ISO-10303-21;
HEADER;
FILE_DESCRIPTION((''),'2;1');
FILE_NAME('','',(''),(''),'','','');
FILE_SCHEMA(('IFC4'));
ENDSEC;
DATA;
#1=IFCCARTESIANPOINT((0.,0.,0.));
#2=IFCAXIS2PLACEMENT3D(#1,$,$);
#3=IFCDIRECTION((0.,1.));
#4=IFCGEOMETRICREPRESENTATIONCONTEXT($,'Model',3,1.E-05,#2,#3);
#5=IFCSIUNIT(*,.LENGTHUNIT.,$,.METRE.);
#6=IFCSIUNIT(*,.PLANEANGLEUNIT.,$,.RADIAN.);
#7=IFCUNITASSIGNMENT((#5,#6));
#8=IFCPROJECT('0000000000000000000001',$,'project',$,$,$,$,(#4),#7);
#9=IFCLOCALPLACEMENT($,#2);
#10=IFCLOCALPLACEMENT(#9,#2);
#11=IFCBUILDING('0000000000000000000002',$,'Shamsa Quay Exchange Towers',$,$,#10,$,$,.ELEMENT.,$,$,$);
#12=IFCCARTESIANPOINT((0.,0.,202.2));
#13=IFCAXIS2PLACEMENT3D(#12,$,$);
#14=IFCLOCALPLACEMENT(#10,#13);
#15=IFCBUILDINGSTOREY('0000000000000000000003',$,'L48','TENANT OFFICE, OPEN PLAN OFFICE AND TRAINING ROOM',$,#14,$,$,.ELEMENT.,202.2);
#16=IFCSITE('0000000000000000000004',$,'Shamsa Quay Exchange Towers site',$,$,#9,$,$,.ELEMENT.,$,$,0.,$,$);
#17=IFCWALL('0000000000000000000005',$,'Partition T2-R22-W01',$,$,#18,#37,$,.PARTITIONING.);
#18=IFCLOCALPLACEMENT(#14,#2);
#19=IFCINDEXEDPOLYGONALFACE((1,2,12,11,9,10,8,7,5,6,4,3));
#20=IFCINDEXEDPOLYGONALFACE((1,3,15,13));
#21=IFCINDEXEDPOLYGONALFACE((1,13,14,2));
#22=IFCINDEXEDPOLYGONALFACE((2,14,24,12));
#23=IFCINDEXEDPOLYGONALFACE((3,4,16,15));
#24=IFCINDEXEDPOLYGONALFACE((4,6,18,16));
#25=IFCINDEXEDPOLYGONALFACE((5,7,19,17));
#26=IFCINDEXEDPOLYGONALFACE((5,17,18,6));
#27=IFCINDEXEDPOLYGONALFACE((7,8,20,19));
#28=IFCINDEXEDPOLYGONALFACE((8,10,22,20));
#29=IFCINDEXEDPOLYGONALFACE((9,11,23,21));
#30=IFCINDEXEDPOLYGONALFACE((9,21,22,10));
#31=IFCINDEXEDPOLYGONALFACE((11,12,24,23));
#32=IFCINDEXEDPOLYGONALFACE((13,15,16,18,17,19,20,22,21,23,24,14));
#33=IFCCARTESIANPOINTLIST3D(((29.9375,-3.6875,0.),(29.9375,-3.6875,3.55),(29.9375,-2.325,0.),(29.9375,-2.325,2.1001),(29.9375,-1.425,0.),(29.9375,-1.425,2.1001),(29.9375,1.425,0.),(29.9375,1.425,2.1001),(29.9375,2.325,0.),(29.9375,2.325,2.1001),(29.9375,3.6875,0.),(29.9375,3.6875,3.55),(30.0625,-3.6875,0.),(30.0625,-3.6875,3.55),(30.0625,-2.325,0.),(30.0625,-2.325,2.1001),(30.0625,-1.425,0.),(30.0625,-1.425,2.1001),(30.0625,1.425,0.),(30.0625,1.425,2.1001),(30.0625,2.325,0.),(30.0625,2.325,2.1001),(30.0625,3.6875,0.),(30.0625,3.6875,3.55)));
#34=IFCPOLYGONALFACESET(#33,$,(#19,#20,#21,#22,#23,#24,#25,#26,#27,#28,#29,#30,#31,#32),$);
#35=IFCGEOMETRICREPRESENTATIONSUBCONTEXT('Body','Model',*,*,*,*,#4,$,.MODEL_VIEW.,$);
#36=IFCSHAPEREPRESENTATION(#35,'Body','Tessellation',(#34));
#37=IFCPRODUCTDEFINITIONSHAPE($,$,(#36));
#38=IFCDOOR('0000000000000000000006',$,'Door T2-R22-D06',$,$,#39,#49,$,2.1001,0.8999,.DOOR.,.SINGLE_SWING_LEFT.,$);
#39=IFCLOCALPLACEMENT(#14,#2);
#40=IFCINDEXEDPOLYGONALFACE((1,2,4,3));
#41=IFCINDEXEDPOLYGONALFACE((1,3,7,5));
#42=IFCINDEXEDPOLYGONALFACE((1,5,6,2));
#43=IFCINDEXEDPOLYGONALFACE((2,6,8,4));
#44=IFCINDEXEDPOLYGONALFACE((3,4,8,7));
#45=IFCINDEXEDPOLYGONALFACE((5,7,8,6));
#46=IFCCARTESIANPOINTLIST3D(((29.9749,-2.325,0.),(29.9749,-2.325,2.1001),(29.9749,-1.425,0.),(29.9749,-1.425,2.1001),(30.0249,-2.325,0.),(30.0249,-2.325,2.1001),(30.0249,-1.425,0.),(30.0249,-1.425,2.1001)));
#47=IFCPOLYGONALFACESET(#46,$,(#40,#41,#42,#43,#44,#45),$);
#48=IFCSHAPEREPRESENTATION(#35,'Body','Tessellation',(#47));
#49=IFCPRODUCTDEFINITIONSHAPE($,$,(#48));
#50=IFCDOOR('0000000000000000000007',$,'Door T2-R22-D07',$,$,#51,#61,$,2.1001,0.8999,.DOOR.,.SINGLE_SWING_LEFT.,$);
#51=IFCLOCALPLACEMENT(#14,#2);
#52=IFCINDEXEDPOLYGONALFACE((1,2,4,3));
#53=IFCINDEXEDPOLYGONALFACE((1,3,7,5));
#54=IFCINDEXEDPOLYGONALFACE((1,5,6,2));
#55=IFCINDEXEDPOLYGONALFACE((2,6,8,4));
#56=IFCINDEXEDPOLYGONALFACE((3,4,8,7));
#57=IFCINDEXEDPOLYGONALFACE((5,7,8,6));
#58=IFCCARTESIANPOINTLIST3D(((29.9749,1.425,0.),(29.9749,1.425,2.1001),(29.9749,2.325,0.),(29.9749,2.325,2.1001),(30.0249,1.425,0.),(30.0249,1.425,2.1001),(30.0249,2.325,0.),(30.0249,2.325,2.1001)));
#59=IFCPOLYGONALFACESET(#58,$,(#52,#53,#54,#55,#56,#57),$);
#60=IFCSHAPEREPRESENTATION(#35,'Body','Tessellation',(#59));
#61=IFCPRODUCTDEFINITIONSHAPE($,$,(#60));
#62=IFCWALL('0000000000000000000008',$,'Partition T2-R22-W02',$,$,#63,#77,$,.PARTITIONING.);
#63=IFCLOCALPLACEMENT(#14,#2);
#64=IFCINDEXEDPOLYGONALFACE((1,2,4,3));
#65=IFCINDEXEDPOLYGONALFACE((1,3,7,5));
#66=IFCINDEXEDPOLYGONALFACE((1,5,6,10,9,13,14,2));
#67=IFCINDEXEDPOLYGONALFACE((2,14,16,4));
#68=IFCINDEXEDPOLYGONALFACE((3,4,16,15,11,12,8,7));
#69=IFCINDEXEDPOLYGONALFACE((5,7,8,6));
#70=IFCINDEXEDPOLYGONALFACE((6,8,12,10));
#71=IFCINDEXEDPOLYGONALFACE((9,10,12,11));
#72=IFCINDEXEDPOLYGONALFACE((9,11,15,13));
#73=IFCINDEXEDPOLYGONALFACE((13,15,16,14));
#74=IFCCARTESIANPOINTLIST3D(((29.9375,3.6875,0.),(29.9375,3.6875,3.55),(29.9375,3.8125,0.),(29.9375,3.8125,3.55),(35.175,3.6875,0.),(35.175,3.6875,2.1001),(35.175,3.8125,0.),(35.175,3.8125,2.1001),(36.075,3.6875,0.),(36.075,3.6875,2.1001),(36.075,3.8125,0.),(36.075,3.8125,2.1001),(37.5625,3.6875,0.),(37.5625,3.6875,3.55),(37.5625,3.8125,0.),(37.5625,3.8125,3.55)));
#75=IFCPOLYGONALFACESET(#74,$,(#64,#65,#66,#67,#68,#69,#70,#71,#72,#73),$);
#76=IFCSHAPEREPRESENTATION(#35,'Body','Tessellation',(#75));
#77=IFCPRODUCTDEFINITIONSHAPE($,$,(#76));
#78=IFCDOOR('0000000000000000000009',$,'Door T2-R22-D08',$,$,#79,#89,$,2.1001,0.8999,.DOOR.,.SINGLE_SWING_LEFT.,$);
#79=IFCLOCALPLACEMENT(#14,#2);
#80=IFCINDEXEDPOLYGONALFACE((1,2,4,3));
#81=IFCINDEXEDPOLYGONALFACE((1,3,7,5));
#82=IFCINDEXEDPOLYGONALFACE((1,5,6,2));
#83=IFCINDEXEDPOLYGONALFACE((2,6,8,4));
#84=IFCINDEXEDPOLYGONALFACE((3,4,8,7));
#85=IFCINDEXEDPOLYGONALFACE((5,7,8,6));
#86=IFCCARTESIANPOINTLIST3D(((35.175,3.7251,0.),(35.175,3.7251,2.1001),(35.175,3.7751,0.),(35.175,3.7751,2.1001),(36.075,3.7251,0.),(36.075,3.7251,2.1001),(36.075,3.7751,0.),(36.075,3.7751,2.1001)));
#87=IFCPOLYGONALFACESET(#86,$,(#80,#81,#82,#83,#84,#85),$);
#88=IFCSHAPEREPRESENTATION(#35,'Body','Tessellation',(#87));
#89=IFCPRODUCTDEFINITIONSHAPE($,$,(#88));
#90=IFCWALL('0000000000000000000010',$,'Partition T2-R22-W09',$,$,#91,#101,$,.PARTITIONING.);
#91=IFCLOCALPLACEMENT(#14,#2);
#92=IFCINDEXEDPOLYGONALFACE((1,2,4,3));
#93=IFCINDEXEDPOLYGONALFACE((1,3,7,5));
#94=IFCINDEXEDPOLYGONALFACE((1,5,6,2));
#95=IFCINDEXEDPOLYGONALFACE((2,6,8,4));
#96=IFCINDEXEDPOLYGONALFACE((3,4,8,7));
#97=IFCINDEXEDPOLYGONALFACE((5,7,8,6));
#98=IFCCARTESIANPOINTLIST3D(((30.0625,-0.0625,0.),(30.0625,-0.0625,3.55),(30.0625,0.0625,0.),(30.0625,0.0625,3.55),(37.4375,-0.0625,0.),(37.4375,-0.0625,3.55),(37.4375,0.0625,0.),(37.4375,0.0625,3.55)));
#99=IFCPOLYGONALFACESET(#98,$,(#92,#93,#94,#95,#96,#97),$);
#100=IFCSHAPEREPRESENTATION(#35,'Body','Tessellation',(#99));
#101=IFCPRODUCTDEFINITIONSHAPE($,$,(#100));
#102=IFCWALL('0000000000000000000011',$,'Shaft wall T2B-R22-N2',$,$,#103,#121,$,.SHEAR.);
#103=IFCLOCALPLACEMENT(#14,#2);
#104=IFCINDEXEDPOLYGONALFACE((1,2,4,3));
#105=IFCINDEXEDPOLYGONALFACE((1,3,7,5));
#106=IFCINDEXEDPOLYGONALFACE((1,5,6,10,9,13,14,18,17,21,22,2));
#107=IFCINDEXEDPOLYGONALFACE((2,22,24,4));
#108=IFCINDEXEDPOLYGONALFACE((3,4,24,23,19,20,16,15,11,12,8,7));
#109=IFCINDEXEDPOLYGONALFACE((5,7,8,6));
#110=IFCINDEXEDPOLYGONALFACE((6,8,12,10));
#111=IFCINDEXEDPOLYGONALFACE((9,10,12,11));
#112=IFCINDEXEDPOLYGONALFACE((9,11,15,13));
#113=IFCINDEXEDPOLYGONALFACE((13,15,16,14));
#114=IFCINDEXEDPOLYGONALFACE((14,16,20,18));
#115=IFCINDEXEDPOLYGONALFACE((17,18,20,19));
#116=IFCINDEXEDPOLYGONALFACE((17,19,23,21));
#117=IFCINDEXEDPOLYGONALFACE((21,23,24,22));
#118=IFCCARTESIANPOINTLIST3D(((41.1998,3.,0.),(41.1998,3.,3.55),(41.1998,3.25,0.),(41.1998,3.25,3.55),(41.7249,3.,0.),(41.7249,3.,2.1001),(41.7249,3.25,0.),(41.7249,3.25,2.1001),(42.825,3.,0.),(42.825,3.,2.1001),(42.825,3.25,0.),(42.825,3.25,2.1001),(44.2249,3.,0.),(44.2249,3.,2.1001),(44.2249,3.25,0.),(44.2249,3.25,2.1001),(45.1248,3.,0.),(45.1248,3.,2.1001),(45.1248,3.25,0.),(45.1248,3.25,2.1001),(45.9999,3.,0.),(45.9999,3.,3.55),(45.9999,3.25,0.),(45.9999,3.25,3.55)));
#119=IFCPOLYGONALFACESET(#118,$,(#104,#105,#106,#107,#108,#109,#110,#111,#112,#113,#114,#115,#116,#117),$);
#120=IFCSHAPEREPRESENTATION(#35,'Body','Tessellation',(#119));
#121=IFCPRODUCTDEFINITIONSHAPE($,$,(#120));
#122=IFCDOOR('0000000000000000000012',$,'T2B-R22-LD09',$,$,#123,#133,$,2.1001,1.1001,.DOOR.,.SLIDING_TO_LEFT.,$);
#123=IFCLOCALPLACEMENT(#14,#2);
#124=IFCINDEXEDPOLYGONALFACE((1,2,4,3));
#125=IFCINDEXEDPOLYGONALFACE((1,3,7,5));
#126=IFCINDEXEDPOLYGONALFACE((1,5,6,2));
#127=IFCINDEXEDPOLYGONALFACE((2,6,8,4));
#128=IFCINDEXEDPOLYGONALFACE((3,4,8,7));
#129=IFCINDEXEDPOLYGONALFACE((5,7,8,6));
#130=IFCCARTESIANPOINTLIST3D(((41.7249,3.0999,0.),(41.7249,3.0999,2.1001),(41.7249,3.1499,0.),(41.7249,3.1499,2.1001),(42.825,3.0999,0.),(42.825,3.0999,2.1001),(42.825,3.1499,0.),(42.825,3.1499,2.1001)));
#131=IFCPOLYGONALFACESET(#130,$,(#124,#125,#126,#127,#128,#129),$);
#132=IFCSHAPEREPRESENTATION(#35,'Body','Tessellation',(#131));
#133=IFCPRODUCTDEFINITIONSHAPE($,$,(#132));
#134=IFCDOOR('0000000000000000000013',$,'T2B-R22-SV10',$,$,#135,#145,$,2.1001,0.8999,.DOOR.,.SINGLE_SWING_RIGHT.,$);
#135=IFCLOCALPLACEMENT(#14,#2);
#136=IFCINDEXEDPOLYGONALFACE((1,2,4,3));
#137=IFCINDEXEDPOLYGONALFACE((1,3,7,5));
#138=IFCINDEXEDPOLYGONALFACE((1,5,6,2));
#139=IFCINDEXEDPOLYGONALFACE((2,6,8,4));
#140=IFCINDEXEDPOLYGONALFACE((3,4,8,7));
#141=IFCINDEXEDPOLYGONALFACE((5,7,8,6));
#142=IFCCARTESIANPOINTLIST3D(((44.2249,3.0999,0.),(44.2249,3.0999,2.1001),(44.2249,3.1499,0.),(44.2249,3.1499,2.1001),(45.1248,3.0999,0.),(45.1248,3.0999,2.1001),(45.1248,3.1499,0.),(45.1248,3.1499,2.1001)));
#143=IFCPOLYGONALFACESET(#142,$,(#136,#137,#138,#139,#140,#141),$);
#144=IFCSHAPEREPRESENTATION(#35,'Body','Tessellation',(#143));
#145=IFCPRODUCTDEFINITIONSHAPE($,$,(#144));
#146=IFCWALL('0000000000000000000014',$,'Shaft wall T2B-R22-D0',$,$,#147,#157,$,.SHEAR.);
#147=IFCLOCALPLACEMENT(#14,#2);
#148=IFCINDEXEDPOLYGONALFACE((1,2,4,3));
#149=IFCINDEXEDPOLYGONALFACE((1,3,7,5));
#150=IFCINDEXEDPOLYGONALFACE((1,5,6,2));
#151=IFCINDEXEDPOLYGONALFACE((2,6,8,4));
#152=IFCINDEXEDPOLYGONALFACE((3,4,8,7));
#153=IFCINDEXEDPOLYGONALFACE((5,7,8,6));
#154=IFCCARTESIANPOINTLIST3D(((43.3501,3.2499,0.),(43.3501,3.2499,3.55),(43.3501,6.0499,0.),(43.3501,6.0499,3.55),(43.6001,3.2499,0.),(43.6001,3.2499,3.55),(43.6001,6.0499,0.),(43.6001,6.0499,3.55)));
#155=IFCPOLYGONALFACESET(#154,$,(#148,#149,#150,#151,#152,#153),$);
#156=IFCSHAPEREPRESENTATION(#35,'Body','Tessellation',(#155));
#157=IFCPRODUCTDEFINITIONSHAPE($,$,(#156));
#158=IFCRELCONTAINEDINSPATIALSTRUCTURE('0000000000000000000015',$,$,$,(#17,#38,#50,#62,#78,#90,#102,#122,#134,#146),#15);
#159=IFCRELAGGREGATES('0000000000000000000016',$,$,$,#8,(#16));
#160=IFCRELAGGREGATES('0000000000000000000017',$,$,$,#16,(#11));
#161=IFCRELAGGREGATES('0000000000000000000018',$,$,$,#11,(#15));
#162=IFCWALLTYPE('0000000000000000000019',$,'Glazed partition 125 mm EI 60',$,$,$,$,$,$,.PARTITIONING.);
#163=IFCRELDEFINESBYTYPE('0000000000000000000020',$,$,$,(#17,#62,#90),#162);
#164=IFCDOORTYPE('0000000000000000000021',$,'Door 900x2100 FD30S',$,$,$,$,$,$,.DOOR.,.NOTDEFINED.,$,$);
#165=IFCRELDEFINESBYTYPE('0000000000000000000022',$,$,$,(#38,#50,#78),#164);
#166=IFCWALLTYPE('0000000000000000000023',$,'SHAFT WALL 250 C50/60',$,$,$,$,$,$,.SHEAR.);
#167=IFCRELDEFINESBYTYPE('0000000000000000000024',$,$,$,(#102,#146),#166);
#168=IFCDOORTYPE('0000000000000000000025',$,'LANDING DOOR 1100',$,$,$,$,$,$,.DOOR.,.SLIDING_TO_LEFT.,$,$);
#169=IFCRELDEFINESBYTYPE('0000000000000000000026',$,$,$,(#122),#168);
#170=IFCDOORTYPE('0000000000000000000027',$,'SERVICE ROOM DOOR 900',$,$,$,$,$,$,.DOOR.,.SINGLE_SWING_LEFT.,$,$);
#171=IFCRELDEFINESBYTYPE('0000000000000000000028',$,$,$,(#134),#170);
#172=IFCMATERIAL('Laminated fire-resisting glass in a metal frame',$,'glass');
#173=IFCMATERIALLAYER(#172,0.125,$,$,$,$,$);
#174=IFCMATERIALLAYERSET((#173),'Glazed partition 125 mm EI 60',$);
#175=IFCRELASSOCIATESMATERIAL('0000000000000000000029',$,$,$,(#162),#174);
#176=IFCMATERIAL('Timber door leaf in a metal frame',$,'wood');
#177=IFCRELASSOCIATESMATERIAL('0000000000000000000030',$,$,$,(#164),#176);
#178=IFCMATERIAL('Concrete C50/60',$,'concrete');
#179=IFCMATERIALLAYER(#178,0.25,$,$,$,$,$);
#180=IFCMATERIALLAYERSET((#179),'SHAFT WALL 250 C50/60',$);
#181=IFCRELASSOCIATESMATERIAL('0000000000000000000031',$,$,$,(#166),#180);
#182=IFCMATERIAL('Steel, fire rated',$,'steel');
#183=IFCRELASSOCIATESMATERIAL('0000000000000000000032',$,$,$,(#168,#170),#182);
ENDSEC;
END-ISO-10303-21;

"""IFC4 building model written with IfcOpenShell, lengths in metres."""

from ifc_helpers import new_model, si_unit, direction, frame, frame_2d, origin, place, context, subcontext, project, spatial, rectangle, extrude, material, layer, layer_set, type_object, element, fill, save


model = new_model("IFC4")

# Units and contexts
model_context = context("Model", 3, precision=1e-05, world=origin(), true_north=direction((0.0, 1.0)))
body_context = subcontext(model_context, "Body", "Model", "MODEL_VIEW")
ifc_project = project(units=[si_unit("LENGTHUNIT", "METRE"), si_unit("PLANEANGLEUNIT", "RADIAN")], contexts=[model_context])

# Site, building, storey
site_placement = place(None, origin())
site = spatial("IfcSite", under=ifc_project, at=site_placement, Name="Shamsa Quay Exchange Towers site", CompositionType="ELEMENT", RefElevation=0.0)
building_placement = place(site_placement, origin())
building = spatial("IfcBuilding", under=site, at=building_placement, Name="Shamsa Quay Exchange Towers", CompositionType="ELEMENT")
storey_placement = place(building_placement, frame((0.0, 0.0, 202.2)))
storey = spatial("IfcBuildingStorey", under=building, at=storey_placement, Name="L48", Description="TENANT OFFICE, OPEN PLAN OFFICE AND TRAINING ROOM", CompositionType="ELEMENT", Elevation=202.2)

# Wall, openings, doors
ifc_material_1 = material(Name="Laminated fire-resisting glass in a metal frame", Category="glass")
ifc_layer_1 = layer(ifc_material_1, 0.125)
ifc_layer_set_1 = layer_set([ifc_layer_1], Name="Glazed partition 125 mm EI 60")
wall_type_1 = type_object("IfcWallType", Name="Glazed partition 125 mm EI 60", PredefinedType="PARTITIONING", material=ifc_layer_set_1)
wall_1_placement = place(storey_placement, frame((30.0, 3.6875, 0.0), z_axis=(0.0, 0.0, 1.0), x_axis=(0.0, -1.0, 0.0)))
wall_1 = element("IfcWall", 1, at=wall_1_placement, inside=storey, type_object=wall_type_1, Name="Partition T2-R22-W01", PredefinedType="PARTITIONING", context=body_context, shape_type="SweptSolid", body=[
    extrude(rectangle(XDim=7.375, YDim=0.125, at=frame_2d((3.6875, 0.0))), origin(), (0.0, 0.0, 1.0), 3.55),
])
opening_1_placement = place(wall_1_placement, frame((5.1125, 0.0, 0.0)))
opening_1 = element("IfcOpeningElement", 2, at=opening_1_placement, cuts=wall_1, PredefinedType="OPENING", context=body_context, shape_type="SweptSolid", body=[
    extrude(rectangle(XDim=0.8999, YDim=2.1001, at=frame_2d((0.45, 1.05))), frame((0.0, 0.0725, 0.0), z_axis=(0.0, -1.0, 0.0), x_axis=(1.0, 0.0, 0.0)), (0.0, 0.0, 1.0), 0.145),
])
opening_2_placement = place(wall_1_placement, frame((1.3625, 0.0, 0.0)))
opening_2 = element("IfcOpeningElement", 3, at=opening_2_placement, cuts=wall_1, PredefinedType="OPENING", context=body_context, shape_type="SweptSolid", body=[
    extrude(rectangle(XDim=0.8999, YDim=2.1001, at=frame_2d((0.45, 1.05))), frame((0.0, 0.0725, 0.0), z_axis=(0.0, -1.0, 0.0), x_axis=(1.0, 0.0, 0.0)), (0.0, 0.0, 1.0), 0.145),
])
ifc_material_2 = material(Name="Timber door leaf in a metal frame", Category="wood")
door_type_1 = type_object("IfcDoorType", Name="Door 900x2100 FD30S", OperationType="NOTDEFINED", PredefinedType="DOOR", material=ifc_material_2)
door_1_placement = place(opening_1_placement, origin())
door_1 = element("IfcDoor", 4, at=door_1_placement, inside=storey, type_object=door_type_1, Name="Door T2-R22-D06", OperationType="SINGLE_SWING_LEFT", OverallHeight=2.1001, OverallWidth=0.8999, PredefinedType="DOOR", context=body_context, shape_type="SweptSolid", body=[
    extrude(rectangle(XDim=0.8999, YDim=2.1001, at=frame_2d((0.45, 1.05))), frame((0.0, 0.0249, 0.0), z_axis=(0.0, -1.0, 0.0), x_axis=(1.0, 0.0, 0.0)), (0.0, 0.0, 1.0), 0.05),
])
fill(opening_1, door_1)
door_2_placement = place(opening_2_placement, origin())
door_2 = element("IfcDoor", 5, at=door_2_placement, inside=storey, type_object=door_type_1, Name="Door T2-R22-D07", OperationType="SINGLE_SWING_LEFT", OverallHeight=2.1001, OverallWidth=0.8999, PredefinedType="DOOR", context=body_context, shape_type="SweptSolid", body=[
    extrude(rectangle(XDim=0.8999, YDim=2.1001, at=frame_2d((0.45, 1.05))), frame((0.0, 0.0249, 0.0), z_axis=(0.0, -1.0, 0.0), x_axis=(1.0, 0.0, 0.0)), (0.0, 0.0, 1.0), 0.05),
])
fill(opening_2, door_2)

# Wall, opening, door
wall_2_placement = place(storey_placement, frame((37.5625, 3.75, 0.0), z_axis=(0.0, 0.0, 1.0), x_axis=(-1.0, 0.0, 0.0)))
wall_2 = element("IfcWall", 6, at=wall_2_placement, inside=storey, type_object=wall_type_1, Name="Partition T2-R22-W02", PredefinedType="PARTITIONING", context=body_context, shape_type="SweptSolid", body=[
    extrude(rectangle(XDim=7.625, YDim=0.125, at=frame_2d((3.8125, 0.0))), origin(), (0.0, 0.0, 1.0), 3.55),
])
opening_3_placement = place(wall_2_placement, frame((1.4875, 0.0, 0.0)))
opening_3 = element("IfcOpeningElement", 7, at=opening_3_placement, cuts=wall_2, PredefinedType="OPENING", context=body_context, shape_type="SweptSolid", body=[
    extrude(rectangle(XDim=0.8999, YDim=2.1001, at=frame_2d((0.45, 1.05))), frame((0.0, 0.0725, 0.0), z_axis=(0.0, -1.0, 0.0), x_axis=(1.0, 0.0, 0.0)), (0.0, 0.0, 1.0), 0.145),
])
door_3_placement = place(opening_3_placement, origin())
door_3 = element("IfcDoor", 8, at=door_3_placement, inside=storey, type_object=door_type_1, Name="Door T2-R22-D08", OperationType="SINGLE_SWING_LEFT", OverallHeight=2.1001, OverallWidth=0.8999, PredefinedType="DOOR", context=body_context, shape_type="SweptSolid", body=[
    extrude(rectangle(XDim=0.8999, YDim=2.1001, at=frame_2d((0.45, 1.05))), frame((0.0, 0.0249, 0.0), z_axis=(0.0, -1.0, 0.0), x_axis=(1.0, 0.0, 0.0)), (0.0, 0.0, 1.0), 0.05),
])
fill(opening_3, door_3)

# Wall
wall_3_placement = place(storey_placement, frame((30.0625, 0.0, 0.0)))
element("IfcWall", 9, at=wall_3_placement, inside=storey, type_object=wall_type_1, Name="Partition T2-R22-W09", PredefinedType="PARTITIONING", context=body_context, shape_type="SweptSolid", body=[
    extrude(rectangle(XDim=7.375, YDim=0.125, at=frame_2d((3.6875, 0.0))), origin(), (0.0, 0.0, 1.0), 3.55),
])

# Wall, openings, doors
ifc_material_3 = material(Name="Concrete C50/60", Category="concrete")
ifc_layer_2 = layer(ifc_material_3, 0.25)
ifc_layer_set_2 = layer_set([ifc_layer_2], Name="SHAFT WALL 250 C50/60")
wall_type_2 = type_object("IfcWallType", Name="SHAFT WALL 250 C50/60", PredefinedType="SHEAR", material=ifc_layer_set_2)
wall_4_placement = place(storey_placement, frame((41.2, 3.125, 0.0)))
wall_4 = element("IfcWall", 10, at=wall_4_placement, inside=storey, type_object=wall_type_2, Name="Shaft wall T2B-R22-N2", PredefinedType="SHEAR", context=body_context, shape_type="SweptSolid", body=[
    extrude(rectangle(XDim=4.8, YDim=0.25, at=frame_2d((2.3999, 0.0))), origin(), (0.0, 0.0, 1.0), 3.55),
])
opening_4_placement = place(wall_4_placement, frame((0.5249, 0.0, 0.0)))
opening_4 = element("IfcOpeningElement", 11, at=opening_4_placement, cuts=wall_4, PredefinedType="OPENING", context=body_context, shape_type="SweptSolid", body=[
    extrude(rectangle(XDim=1.1001, YDim=2.1001, at=frame_2d((0.55, 1.05))), frame((0.0, 0.135, 0.0), z_axis=(0.0, -1.0, 0.0), x_axis=(1.0, 0.0, 0.0)), (0.0, 0.0, 1.0), 0.27),
])
opening_5_placement = place(wall_4_placement, frame((3.0249, 0.0, 0.0)))
opening_5 = element("IfcOpeningElement", 12, at=opening_5_placement, cuts=wall_4, PredefinedType="OPENING", context=body_context, shape_type="SweptSolid", body=[
    extrude(rectangle(XDim=0.8999, YDim=2.1001, at=frame_2d((0.45, 1.05))), frame((0.0, 0.135, 0.0), z_axis=(0.0, -1.0, 0.0), x_axis=(1.0, 0.0, 0.0)), (0.0, 0.0, 1.0), 0.27),
])
ifc_material_4 = material(Name="Steel, fire rated", Category="steel")
door_type_2 = type_object("IfcDoorType", Name="LANDING DOOR 1100", OperationType="SLIDING_TO_LEFT", PredefinedType="DOOR", material=ifc_material_4)
door_4_placement = place(opening_4_placement, origin())
door_4 = element("IfcDoor", 13, at=door_4_placement, inside=storey, type_object=door_type_2, Name="T2B-R22-LD09", OperationType="SLIDING_TO_LEFT", OverallHeight=2.1001, OverallWidth=1.1001, PredefinedType="DOOR", context=body_context, shape_type="SweptSolid", body=[
    extrude(rectangle(XDim=1.1001, YDim=2.1001, at=frame_2d((0.55, 1.05))), frame((0.0, 0.0249, 0.0), z_axis=(0.0, -1.0, 0.0), x_axis=(1.0, 0.0, 0.0)), (0.0, 0.0, 1.0), 0.05),
])
fill(opening_4, door_4)
door_type_3 = type_object("IfcDoorType", Name="SERVICE ROOM DOOR 900", OperationType="SINGLE_SWING_LEFT", PredefinedType="DOOR", material=ifc_material_4)
door_5_placement = place(opening_5_placement, origin())
door_5 = element("IfcDoor", 14, at=door_5_placement, inside=storey, type_object=door_type_3, Name="T2B-R22-SV10", OperationType="SINGLE_SWING_RIGHT", OverallHeight=2.1001, OverallWidth=0.8999, PredefinedType="DOOR", context=body_context, shape_type="SweptSolid", body=[
    extrude(rectangle(XDim=0.8999, YDim=2.1001, at=frame_2d((0.45, 1.05))), frame((0.0, 0.0249, 0.0), z_axis=(0.0, -1.0, 0.0), x_axis=(1.0, 0.0, 0.0)), (0.0, 0.0, 1.0), 0.05),
])
fill(opening_5, door_5)

# Wall
wall_5_placement = place(storey_placement, frame((43.4751, 3.25, 0.0), z_axis=(0.0, 0.0, 1.0), x_axis=(0.0, 1.0, 0.0)))
element("IfcWall", 15, at=wall_5_placement, inside=storey, type_object=wall_type_2, Name="Shaft wall T2B-R22-D0", PredefinedType="SHEAR", context=body_context, shape_type="SweptSolid", body=[
    extrude(rectangle(XDim=2.8, YDim=0.25, at=frame_2d((1.3999, 0.0))), origin(), (0.0, 0.0, 1.0), 3.55),
])

save(model, "model.ifc")
